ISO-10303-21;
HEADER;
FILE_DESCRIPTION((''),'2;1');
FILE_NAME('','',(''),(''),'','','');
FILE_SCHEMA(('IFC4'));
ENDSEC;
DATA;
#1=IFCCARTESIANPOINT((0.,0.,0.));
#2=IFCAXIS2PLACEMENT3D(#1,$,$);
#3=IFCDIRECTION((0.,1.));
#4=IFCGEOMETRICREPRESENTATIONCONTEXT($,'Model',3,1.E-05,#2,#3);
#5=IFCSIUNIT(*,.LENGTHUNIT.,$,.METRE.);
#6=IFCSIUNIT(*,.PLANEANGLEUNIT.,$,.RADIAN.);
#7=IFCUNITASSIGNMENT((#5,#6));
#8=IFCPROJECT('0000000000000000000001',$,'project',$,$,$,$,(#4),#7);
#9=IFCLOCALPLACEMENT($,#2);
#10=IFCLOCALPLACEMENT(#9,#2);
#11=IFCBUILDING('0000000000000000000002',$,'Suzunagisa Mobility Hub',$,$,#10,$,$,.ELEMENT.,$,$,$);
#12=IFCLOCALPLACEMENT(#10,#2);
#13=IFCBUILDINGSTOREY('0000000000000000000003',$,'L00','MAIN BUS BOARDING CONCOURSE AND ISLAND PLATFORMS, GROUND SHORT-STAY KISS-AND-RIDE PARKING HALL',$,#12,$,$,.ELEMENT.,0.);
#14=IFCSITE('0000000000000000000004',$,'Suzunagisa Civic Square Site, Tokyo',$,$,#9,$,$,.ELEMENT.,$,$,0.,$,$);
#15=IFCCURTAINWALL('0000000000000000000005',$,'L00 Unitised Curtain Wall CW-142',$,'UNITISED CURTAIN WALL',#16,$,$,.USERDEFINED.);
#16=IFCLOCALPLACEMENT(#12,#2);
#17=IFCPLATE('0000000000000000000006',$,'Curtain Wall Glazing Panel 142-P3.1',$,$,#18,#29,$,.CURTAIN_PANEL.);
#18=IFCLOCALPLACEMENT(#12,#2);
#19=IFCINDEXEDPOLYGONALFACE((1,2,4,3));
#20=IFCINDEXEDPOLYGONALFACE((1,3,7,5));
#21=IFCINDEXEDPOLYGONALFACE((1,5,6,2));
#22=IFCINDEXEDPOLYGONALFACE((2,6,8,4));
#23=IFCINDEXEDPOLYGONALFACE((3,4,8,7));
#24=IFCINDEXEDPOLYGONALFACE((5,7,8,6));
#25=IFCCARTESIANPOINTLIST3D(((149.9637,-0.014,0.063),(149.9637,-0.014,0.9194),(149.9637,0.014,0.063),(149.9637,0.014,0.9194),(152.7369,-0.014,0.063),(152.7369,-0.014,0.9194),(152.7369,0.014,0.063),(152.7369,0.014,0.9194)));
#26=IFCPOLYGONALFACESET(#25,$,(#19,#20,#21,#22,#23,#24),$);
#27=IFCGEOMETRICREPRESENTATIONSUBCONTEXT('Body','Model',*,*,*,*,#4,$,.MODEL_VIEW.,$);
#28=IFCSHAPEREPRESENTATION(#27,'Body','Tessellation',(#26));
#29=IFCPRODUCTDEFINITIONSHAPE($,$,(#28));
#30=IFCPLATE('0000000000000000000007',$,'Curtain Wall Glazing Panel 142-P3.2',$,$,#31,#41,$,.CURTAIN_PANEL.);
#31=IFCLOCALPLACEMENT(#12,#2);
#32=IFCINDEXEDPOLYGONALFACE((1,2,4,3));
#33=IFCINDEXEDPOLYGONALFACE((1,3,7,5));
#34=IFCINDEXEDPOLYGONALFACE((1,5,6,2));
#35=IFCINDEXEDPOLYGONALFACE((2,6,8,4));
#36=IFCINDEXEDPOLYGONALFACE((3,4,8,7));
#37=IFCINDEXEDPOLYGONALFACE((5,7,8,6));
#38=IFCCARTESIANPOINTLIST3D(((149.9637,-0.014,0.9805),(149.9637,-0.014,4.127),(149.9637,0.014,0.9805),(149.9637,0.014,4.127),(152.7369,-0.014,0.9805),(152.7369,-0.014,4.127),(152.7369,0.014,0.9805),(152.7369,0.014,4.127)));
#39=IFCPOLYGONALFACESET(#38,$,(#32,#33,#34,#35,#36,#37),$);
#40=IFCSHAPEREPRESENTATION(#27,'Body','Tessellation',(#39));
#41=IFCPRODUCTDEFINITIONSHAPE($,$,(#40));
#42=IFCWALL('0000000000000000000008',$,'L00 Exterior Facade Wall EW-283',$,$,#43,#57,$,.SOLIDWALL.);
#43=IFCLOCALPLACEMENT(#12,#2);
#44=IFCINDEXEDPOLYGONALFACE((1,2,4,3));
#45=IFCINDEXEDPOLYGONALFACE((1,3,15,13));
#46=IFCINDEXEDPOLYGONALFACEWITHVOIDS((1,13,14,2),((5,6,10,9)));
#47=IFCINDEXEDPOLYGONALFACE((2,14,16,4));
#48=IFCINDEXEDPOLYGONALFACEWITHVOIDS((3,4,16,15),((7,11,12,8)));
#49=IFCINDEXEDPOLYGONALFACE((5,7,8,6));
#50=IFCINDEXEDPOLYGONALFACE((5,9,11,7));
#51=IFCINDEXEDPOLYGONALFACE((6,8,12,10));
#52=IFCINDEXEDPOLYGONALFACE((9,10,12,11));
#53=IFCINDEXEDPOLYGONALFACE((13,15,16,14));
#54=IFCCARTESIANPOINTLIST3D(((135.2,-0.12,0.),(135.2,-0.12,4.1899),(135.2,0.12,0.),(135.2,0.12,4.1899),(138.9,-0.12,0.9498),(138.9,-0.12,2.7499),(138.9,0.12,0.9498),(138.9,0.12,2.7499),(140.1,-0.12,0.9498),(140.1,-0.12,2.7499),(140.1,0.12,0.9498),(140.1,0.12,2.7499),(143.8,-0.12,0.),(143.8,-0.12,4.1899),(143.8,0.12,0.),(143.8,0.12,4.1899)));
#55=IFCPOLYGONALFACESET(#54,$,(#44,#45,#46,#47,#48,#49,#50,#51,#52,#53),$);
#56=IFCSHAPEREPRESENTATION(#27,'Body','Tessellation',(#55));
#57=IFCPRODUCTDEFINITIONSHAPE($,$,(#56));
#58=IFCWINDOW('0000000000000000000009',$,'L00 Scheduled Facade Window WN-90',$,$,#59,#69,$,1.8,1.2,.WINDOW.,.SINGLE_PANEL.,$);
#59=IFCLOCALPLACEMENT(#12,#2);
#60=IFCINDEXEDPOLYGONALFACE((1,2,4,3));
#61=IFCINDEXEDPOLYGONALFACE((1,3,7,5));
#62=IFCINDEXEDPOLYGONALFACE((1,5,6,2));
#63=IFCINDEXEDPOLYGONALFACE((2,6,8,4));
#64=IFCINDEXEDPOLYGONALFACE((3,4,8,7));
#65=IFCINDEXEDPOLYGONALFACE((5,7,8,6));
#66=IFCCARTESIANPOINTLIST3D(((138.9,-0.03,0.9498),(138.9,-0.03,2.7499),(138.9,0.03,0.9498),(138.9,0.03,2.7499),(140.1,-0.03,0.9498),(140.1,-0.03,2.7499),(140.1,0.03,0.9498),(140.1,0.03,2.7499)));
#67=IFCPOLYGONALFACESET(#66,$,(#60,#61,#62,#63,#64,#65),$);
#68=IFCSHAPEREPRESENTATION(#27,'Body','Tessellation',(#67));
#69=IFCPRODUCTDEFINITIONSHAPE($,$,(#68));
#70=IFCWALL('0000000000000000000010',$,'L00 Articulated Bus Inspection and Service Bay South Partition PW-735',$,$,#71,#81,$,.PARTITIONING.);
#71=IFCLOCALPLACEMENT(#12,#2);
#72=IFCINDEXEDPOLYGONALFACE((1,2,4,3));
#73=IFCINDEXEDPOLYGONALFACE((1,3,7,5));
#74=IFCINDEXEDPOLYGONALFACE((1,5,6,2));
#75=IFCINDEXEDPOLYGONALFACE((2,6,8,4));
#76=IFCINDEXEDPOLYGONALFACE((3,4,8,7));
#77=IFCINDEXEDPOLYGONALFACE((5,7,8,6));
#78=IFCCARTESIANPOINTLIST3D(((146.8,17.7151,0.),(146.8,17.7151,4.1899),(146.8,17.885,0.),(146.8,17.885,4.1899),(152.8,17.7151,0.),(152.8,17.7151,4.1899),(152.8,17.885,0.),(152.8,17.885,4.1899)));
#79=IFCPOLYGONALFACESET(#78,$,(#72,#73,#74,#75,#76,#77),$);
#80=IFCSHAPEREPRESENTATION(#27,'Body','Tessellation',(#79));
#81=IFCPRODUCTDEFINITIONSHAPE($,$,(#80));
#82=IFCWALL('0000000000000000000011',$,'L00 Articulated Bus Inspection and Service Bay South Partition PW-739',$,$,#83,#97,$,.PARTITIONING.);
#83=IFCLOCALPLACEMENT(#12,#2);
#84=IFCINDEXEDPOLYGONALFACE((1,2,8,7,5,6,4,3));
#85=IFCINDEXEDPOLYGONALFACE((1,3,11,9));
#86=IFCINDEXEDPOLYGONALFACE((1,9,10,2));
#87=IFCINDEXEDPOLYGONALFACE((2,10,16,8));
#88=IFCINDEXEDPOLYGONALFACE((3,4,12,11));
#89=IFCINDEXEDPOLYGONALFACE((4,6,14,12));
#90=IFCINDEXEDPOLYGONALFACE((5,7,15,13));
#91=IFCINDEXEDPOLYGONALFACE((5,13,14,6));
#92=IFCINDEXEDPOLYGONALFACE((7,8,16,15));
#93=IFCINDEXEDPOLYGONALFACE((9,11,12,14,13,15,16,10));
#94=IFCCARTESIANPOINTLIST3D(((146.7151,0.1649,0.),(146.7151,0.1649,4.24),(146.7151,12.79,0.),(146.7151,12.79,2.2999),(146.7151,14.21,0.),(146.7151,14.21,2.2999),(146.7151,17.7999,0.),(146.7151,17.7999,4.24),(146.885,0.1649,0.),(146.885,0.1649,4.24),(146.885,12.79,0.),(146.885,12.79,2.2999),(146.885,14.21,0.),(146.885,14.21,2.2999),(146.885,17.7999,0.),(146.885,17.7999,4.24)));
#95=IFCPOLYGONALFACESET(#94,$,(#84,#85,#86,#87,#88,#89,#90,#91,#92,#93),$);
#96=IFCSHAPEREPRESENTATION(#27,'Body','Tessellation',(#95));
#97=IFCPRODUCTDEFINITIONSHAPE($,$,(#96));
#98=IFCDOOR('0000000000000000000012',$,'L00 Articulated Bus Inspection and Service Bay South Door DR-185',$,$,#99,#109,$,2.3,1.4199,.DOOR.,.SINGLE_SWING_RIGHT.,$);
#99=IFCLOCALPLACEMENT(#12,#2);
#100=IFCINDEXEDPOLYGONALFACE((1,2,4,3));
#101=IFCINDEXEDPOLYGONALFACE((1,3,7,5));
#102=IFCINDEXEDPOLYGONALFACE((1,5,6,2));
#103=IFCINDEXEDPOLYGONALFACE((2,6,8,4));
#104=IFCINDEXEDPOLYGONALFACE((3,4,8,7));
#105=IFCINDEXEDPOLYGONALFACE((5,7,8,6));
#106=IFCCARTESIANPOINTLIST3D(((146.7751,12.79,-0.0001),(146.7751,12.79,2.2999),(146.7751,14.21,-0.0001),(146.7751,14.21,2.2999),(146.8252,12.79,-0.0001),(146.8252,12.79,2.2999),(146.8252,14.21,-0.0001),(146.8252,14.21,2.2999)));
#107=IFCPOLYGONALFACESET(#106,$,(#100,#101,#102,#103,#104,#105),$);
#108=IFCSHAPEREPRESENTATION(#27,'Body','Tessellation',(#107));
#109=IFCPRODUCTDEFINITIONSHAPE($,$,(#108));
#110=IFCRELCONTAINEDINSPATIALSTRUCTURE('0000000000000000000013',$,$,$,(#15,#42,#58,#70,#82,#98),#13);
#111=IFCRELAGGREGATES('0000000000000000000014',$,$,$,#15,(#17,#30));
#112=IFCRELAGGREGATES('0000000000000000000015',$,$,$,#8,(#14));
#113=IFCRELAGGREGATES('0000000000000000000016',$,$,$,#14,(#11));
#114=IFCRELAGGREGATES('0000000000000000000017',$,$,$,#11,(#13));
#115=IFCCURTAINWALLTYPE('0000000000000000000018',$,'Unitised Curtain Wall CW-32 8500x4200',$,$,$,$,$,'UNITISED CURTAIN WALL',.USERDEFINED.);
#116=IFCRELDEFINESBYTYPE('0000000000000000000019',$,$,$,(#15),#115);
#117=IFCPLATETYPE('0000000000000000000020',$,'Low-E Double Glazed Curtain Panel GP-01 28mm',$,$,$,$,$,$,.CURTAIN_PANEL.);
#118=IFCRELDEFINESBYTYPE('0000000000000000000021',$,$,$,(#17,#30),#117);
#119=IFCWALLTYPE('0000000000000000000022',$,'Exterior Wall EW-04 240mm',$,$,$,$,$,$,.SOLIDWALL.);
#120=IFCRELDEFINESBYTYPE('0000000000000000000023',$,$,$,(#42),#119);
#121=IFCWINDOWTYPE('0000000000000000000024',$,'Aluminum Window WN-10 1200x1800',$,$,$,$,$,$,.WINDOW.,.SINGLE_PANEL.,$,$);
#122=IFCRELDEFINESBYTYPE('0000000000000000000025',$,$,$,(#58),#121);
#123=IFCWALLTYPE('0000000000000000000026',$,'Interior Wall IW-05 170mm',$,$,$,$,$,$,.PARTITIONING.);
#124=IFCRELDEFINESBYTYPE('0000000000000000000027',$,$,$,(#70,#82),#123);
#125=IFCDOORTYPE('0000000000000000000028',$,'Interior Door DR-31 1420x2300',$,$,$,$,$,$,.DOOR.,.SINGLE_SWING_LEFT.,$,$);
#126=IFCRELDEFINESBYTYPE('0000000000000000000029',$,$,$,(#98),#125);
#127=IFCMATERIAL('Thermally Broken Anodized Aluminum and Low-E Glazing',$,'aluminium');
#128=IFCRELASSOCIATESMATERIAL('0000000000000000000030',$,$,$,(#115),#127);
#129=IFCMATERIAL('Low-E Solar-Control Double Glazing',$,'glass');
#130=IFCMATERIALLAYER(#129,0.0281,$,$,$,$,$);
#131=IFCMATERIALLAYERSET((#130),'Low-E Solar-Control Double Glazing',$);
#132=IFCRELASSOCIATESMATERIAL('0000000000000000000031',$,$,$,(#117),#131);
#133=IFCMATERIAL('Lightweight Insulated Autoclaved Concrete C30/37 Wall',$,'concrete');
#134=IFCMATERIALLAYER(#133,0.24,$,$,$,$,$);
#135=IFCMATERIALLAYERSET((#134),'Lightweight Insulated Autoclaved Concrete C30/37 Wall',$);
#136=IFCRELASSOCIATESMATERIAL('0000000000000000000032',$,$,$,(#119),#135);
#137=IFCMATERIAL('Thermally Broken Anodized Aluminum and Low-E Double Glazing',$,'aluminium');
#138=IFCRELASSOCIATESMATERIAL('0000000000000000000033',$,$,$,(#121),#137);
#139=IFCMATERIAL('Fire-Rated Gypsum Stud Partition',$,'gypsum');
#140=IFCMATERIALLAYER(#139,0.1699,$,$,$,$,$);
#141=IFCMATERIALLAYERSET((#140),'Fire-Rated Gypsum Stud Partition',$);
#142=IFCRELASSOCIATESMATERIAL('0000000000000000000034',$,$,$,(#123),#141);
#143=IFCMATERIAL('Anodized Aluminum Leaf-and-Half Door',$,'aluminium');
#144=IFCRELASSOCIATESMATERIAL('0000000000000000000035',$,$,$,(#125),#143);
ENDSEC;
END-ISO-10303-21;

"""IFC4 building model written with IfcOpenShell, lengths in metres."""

from ifc_helpers import new_model, si_unit, direction, frame, frame_2d, origin, origin_2d, place, context, subcontext, project, spatial, rectangle, extrude, material, layer, layer_set, type_object, element, fill, aggregate, save


model = new_model("IFC4")

# Units and contexts
model_context = context("Model", 3, precision=1e-05, world=origin(), true_north=direction((0.0, 1.0)))
body_context = subcontext(model_context, "Body", "Model", "MODEL_VIEW")
ifc_project = project(units=[si_unit("LENGTHUNIT", "METRE"), si_unit("PLANEANGLEUNIT", "RADIAN")], contexts=[model_context])

# Site, building, storey
site_placement = place(None, origin())
site = spatial("IfcSite", under=ifc_project, at=site_placement, Name="Suzunagisa Civic Square Site, Tokyo", CompositionType="ELEMENT", RefElevation=0.0)
building_placement = place(site_placement, origin())
building = spatial("IfcBuilding", under=site, at=building_placement, Name="Suzunagisa Mobility Hub", CompositionType="ELEMENT")
storey_placement = place(building_placement, origin())
storey = spatial("IfcBuildingStorey", under=building, at=storey_placement, Name="L00", Description="MAIN BUS BOARDING CONCOURSE AND ISLAND PLATFORMS, GROUND SHORT-STAY KISS-AND-RIDE PARKING HALL", CompositionType="ELEMENT", Elevation=0.0)

# Curtain wall
ifc_material_1 = material(Name="Thermally Broken Anodized Aluminum and Low-E Glazing", Category="aluminium")
curtain_wall_type = type_object("IfcCurtainWallType", Name="Unitised Curtain Wall CW-32 8500x4200", ElementType="UNITISED CURTAIN WALL", PredefinedType="USERDEFINED", material=ifc_material_1)
curtain_wall_placement = place(storey_placement, origin())
curtain_wall = element("IfcCurtainWall", 1, at=curtain_wall_placement, inside=storey, type_object=curtain_wall_type, Name="L00 Unitised Curtain Wall CW-142", ObjectType="UNITISED CURTAIN WALL", PredefinedType="USERDEFINED")

# Plates
ifc_material_2 = material(Name="Low-E Solar-Control Double Glazing", Category="glass")
ifc_layer_1 = layer(ifc_material_2, 0.0281)
ifc_layer_set_1 = layer_set([ifc_layer_1], Name="Low-E Solar-Control Double Glazing")
plate_type = type_object("IfcPlateType", Name="Low-E Double Glazed Curtain Panel GP-01 28mm", PredefinedType="CURTAIN_PANEL", material=ifc_layer_set_1)
plate_1_placement = place(storey_placement, frame((151.3503, 0.0, 0.063), z_axis=(0.0, 0.0, 1.0), x_axis=(1.0, 0.0, 0.0)))
plate_1 = element("IfcPlate", 2, at=plate_1_placement, type_object=plate_type, Name="Curtain Wall Glazing Panel 142-P3.1", PredefinedType="CURTAIN_PANEL", context=body_context, shape_type="SweptSolid", body=[
    extrude(rectangle(XDim=2.7732, YDim=0.0281, at=origin_2d()), origin(), (0.0, 0.0, 1.0), 0.8564),
])
plate_2_placement = place(storey_placement, frame((151.3503, 0.0, 0.9805), z_axis=(0.0, 0.0, 1.0), x_axis=(1.0, 0.0, 0.0)))
plate_2 = element("IfcPlate", 3, at=plate_2_placement, type_object=plate_type, Name="Curtain Wall Glazing Panel 142-P3.2", PredefinedType="CURTAIN_PANEL", context=body_context, shape_type="SweptSolid", body=[
    extrude(rectangle(XDim=2.7732, YDim=0.0281, at=origin_2d()), origin(), (0.0, 0.0, 1.0), 3.1465),
])
aggregate(curtain_wall, [plate_1, plate_2])

# Wall, opening, window
ifc_material_3 = material(Name="Lightweight Insulated Autoclaved Concrete C30/37 Wall", Category="concrete")
ifc_layer_2 = layer(ifc_material_3, 0.24)
ifc_layer_set_2 = layer_set([ifc_layer_2], Name="Lightweight Insulated Autoclaved Concrete C30/37 Wall")
wall_type_1 = type_object("IfcWallType", Name="Exterior Wall EW-04 240mm", PredefinedType="SOLIDWALL", material=ifc_layer_set_2)
wall_1_placement = place(storey_placement, frame((135.2, 0.0, 0.0), z_axis=(0.0, 0.0, 1.0), x_axis=(1.0, 0.0, 0.0)))
wall_1 = element("IfcWall", 4, at=wall_1_placement, inside=storey, type_object=wall_type_1, Name="L00 Exterior Facade Wall EW-283", PredefinedType="SOLIDWALL", context=body_context, shape_type="SweptSolid", body=[
    extrude(rectangle(XDim=8.6001, YDim=0.24, at=frame_2d((4.3, 0.0))), origin(), (0.0, 0.0, 1.0), 4.1899),
])
opening_1_placement = place(wall_1_placement, frame((3.7, 0.0, 0.95)))
opening_1 = element("IfcOpeningElement", 5, at=opening_1_placement, cuts=wall_1, PredefinedType="OPENING", context=body_context, shape_type="SweptSolid", body=[
    extrude(rectangle(XDim=1.2, YDim=1.8, at=frame_2d((0.6001, 0.8999))), frame((0.0, 0.1309, 0.0), z_axis=(0.0, -1.0, 0.0), x_axis=(1.0, 0.0, 0.0)), (0.0, 0.0, 1.0), 0.262),
])
ifc_material_4 = material(Name="Thermally Broken Anodized Aluminum and Low-E Double Glazing", Category="aluminium")
window_type = type_object("IfcWindowType", Name="Aluminum Window WN-10 1200x1800", PartitioningType="SINGLE_PANEL", PredefinedType="WINDOW", material=ifc_material_4)
window_placement = place(opening_1_placement, origin())
window = element("IfcWindow", 6, at=window_placement, inside=storey, type_object=window_type, Name="L00 Scheduled Facade Window WN-90", OverallHeight=1.8, OverallWidth=1.2, PartitioningType="SINGLE_PANEL", PredefinedType="WINDOW", context=body_context, shape_type="SweptSolid", body=[
    extrude(rectangle(XDim=1.2, YDim=1.8, at=frame_2d((0.6001, 0.8999))), frame((0.0, 0.03, 0.0), z_axis=(0.0, -1.0, 0.0), x_axis=(1.0, 0.0, 0.0)), (0.0, 0.0, 1.0), 0.0601),
])
fill(opening_1, window)

# Wall
ifc_material_5 = material(Name="Fire-Rated Gypsum Stud Partition", Category="gypsum")
ifc_layer_3 = layer(ifc_material_5, 0.1699)
ifc_layer_set_3 = layer_set([ifc_layer_3], Name="Fire-Rated Gypsum Stud Partition")
wall_type_2 = type_object("IfcWallType", Name="Interior Wall IW-05 170mm", PredefinedType="PARTITIONING", material=ifc_layer_set_3)
wall_2_placement = place(storey_placement, frame((146.8, 17.8, 0.0), z_axis=(0.0, 0.0, 1.0), x_axis=(1.0, 0.0, 0.0)))
element("IfcWall", 7, at=wall_2_placement, inside=storey, type_object=wall_type_2, Name="L00 Articulated Bus Inspection and Service Bay South Partition PW-735", PredefinedType="PARTITIONING", context=body_context, shape_type="SweptSolid", body=[
    extrude(rectangle(XDim=6.0, YDim=0.1699, at=frame_2d((3.0, 0.0))), origin(), (0.0, 0.0, 1.0), 4.1899),
])

# Wall, opening, door
wall_3_placement = place(storey_placement, frame((146.8, 0.165, 0.0), z_axis=(0.0, 0.0, 1.0), x_axis=(0.0, 1.0, 0.0)))
wall_3 = element("IfcWall", 8, at=wall_3_placement, inside=storey, type_object=wall_type_2, Name="L00 Articulated Bus Inspection and Service Bay South Partition PW-739", PredefinedType="PARTITIONING", context=body_context, shape_type="SweptSolid", body=[
    extrude(rectangle(XDim=17.635, YDim=0.1699, at=frame_2d((8.8174, 0.0))), origin(), (0.0, 0.0, 1.0), 4.24),
])
opening_2_placement = place(wall_3_placement, frame((12.625, 0.0, 0.0)))
opening_2 = element("IfcOpeningElement", 9, at=opening_2_placement, cuts=wall_3, PredefinedType="OPENING", context=body_context, shape_type="SweptSolid", body=[
    extrude(rectangle(XDim=1.4199, YDim=2.3, at=frame_2d((0.71, 1.1499))), frame((0.0, 0.0959, 0.0), z_axis=(0.0, -1.0, 0.0), x_axis=(1.0, 0.0, 0.0)), (0.0, 0.0, 1.0), 0.1919),
])
ifc_material_6 = material(Name="Anodized Aluminum Leaf-and-Half Door", Category="aluminium")
door_type = type_object("IfcDoorType", Name="Interior Door DR-31 1420x2300", OperationType="SINGLE_SWING_LEFT", PredefinedType="DOOR", material=ifc_material_6)
door_placement = place(opening_2_placement, origin())
door = element("IfcDoor", 10, at=door_placement, inside=storey, type_object=door_type, Name="L00 Articulated Bus Inspection and Service Bay South Door DR-185", OperationType="SINGLE_SWING_RIGHT", OverallHeight=2.3, OverallWidth=1.4199, PredefinedType="DOOR", context=body_context, shape_type="SweptSolid", body=[
    extrude(rectangle(XDim=1.4199, YDim=2.3, at=frame_2d((0.71, 1.1499))), frame((0.0, 0.0249, 0.0), z_axis=(0.0, -1.0, 0.0), x_axis=(1.0, 0.0, 0.0)), (0.0, 0.0, 1.0), 0.05),
])
fill(opening_2, door)

save(model, "model.ifc")
